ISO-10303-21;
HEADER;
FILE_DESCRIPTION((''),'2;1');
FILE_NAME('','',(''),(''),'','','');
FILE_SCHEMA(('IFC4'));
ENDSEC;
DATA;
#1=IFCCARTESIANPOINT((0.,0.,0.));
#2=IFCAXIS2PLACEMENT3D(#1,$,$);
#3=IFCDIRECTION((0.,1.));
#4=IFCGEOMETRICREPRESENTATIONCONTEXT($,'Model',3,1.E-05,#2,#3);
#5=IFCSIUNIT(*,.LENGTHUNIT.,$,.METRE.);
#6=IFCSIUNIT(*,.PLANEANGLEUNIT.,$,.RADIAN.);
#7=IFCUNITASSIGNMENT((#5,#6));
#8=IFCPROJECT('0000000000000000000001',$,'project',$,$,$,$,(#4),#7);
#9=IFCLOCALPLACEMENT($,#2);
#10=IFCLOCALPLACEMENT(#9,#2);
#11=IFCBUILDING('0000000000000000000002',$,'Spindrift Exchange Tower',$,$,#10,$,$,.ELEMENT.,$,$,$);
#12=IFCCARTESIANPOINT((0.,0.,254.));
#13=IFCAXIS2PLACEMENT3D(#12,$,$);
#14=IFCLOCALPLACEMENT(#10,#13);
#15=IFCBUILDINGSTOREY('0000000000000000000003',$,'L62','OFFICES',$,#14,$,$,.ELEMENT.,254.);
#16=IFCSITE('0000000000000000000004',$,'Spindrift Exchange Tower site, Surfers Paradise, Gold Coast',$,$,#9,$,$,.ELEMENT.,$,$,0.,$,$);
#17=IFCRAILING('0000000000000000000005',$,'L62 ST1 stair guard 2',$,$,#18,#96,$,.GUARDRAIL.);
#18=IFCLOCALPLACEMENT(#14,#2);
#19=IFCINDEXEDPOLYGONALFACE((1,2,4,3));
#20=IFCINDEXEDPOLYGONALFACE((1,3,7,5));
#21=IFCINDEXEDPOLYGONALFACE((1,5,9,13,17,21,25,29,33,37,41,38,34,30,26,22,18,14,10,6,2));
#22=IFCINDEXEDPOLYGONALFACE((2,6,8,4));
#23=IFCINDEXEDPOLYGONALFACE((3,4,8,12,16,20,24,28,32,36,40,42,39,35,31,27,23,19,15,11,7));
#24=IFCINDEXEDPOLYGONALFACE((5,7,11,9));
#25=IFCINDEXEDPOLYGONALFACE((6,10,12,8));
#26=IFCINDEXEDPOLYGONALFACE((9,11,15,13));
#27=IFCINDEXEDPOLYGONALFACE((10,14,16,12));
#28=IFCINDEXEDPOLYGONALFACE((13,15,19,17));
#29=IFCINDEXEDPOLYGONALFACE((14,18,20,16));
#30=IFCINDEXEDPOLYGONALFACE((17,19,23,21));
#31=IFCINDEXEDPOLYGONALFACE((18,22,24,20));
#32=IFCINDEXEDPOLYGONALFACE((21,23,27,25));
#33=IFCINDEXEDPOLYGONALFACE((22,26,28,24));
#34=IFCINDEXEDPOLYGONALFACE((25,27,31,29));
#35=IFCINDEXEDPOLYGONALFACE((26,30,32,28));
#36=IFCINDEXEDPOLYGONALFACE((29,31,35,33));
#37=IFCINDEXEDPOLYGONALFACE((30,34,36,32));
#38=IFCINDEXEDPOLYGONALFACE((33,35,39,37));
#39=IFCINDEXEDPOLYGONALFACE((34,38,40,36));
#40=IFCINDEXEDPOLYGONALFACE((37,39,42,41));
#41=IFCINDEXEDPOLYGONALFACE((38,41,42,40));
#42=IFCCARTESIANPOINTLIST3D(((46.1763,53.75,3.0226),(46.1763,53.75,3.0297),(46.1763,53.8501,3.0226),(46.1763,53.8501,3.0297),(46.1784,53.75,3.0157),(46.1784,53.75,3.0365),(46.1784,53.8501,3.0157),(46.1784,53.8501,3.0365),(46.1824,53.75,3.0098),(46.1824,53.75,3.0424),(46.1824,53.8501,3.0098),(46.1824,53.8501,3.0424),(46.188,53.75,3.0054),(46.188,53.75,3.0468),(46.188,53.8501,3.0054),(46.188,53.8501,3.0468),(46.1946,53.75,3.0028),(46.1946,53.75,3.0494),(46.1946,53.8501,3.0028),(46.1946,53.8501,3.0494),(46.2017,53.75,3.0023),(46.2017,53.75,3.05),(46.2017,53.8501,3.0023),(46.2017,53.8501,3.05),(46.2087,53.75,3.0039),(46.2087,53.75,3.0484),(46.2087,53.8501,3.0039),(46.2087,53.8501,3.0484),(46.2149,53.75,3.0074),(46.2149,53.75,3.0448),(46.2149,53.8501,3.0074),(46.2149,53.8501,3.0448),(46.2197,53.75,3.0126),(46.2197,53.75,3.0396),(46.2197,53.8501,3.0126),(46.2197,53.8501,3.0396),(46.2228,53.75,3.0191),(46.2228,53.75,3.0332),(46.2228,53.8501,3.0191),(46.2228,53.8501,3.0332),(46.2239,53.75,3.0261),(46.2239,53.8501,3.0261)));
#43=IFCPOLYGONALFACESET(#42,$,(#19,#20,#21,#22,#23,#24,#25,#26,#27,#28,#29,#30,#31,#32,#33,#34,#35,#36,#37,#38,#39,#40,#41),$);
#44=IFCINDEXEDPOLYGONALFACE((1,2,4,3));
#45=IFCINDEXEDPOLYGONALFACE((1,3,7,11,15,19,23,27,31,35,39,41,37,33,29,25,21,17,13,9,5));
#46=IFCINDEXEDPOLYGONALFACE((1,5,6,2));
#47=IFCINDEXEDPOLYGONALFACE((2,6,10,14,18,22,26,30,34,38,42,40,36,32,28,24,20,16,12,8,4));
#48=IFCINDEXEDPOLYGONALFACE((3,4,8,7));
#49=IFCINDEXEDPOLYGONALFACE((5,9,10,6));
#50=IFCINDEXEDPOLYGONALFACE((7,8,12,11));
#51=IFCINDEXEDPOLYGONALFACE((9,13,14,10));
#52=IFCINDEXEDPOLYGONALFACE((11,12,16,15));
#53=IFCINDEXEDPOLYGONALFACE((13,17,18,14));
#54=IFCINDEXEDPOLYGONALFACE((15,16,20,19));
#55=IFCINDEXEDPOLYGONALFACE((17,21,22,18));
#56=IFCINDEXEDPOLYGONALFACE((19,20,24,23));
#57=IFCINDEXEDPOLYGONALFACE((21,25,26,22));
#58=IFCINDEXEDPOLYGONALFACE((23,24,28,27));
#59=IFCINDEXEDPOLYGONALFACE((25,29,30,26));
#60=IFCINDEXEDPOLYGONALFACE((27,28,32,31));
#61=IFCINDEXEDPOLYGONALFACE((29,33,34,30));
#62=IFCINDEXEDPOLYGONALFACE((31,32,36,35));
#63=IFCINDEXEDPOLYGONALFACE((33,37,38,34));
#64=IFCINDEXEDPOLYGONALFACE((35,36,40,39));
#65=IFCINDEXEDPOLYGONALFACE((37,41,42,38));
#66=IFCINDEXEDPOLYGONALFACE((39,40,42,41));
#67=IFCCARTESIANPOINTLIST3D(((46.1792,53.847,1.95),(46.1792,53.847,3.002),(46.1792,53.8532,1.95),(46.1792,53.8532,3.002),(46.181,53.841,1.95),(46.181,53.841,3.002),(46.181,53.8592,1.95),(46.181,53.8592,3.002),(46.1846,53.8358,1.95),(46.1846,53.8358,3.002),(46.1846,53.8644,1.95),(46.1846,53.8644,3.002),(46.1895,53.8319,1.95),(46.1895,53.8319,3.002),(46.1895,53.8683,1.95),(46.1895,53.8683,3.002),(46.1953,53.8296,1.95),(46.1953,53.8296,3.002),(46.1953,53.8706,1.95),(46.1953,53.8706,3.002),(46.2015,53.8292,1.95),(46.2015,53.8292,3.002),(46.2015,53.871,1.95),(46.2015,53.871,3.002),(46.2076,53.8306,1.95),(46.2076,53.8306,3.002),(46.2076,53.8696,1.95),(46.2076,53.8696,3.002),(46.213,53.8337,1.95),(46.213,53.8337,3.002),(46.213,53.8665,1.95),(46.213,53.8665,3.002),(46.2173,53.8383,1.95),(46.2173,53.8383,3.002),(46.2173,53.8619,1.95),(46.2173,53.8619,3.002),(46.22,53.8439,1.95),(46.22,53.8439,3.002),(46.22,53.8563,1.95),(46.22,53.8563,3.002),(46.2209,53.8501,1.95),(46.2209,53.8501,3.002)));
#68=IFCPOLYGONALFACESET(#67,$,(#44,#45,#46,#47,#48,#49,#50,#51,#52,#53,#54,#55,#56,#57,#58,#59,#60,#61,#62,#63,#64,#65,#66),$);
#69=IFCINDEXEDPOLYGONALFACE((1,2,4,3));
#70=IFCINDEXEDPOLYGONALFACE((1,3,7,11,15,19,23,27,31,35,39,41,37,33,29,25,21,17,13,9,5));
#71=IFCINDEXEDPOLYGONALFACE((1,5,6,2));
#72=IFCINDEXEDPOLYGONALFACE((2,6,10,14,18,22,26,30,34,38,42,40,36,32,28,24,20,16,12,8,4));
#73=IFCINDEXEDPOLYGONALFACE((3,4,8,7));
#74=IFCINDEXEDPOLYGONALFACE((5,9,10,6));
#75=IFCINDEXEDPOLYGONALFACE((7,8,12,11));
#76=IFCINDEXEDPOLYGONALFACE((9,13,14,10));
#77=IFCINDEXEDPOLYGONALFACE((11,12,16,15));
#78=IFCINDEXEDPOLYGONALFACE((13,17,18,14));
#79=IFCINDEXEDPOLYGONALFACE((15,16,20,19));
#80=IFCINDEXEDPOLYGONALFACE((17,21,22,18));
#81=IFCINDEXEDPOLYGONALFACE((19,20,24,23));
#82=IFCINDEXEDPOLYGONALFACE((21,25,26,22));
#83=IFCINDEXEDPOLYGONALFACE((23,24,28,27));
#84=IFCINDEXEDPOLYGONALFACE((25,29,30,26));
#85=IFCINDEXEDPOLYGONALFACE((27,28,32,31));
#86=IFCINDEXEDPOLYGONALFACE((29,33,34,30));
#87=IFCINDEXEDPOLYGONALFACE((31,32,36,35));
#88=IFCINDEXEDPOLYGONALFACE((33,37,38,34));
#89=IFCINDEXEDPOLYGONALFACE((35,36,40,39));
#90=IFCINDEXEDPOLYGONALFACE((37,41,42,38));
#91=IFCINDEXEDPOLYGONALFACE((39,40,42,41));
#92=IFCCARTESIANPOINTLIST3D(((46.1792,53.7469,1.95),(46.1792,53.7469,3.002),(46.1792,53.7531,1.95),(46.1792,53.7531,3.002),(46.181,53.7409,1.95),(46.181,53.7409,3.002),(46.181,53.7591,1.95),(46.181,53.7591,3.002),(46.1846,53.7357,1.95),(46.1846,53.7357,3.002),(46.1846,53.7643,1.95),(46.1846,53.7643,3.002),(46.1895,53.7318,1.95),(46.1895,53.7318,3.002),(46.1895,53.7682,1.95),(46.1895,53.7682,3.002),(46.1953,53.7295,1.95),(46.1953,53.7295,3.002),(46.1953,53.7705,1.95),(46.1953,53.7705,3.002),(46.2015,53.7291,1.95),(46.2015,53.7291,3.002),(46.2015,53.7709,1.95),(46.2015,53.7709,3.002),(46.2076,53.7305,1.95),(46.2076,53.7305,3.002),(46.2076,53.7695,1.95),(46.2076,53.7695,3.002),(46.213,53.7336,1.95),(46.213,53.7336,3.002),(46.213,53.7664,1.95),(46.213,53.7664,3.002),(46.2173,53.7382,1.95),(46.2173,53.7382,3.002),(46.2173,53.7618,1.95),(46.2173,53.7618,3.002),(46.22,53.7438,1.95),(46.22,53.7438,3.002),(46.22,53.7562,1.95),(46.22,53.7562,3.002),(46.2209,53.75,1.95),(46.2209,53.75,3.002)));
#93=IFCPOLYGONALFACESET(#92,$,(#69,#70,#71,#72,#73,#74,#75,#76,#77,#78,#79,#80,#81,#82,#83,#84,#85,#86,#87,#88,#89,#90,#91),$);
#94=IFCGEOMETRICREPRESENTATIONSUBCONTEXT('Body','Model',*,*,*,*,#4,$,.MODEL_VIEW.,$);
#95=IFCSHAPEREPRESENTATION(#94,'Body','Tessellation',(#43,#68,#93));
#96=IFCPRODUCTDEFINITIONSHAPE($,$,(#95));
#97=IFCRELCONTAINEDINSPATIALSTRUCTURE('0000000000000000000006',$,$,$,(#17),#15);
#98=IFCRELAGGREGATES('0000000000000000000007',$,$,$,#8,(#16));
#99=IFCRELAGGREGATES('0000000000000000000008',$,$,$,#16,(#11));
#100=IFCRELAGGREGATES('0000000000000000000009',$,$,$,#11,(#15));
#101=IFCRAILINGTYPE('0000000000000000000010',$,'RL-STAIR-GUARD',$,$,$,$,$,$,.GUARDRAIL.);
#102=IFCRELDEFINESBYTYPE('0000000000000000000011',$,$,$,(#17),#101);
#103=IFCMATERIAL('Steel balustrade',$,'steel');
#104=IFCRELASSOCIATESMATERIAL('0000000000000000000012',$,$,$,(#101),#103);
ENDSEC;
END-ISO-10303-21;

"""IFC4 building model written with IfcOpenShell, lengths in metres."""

from ifc_helpers import new_model, si_unit, direction, frame, origin, origin_2d, place, context, subcontext, project, spatial, circle, extrude, material, type_object, element, save


model = new_model("IFC4")

# Units and contexts
model_context = context("Model", 3, precision=1e-05, world=origin(), true_north=direction((0.0, 1.0)))
body_context = subcontext(model_context, "Body", "Model", "MODEL_VIEW")
ifc_project = project(units=[si_unit("LENGTHUNIT", "METRE"), si_unit("PLANEANGLEUNIT", "RADIAN")], contexts=[model_context])

# Site, building, storey
site_placement = place(None, origin())
site = spatial("IfcSite", under=ifc_project, at=site_placement, Name="Spindrift Exchange Tower site, Surfers Paradise, Gold Coast", CompositionType="ELEMENT", RefElevation=0.0)
building_placement = place(site_placement, origin())
building = spatial("IfcBuilding", under=site, at=building_placement, Name="Spindrift Exchange Tower", CompositionType="ELEMENT")
storey_placement = place(building_placement, frame((0.0, 0.0, 254.0)))
storey = spatial("IfcBuildingStorey", under=building, at=storey_placement, Name="L62", Description="OFFICES", CompositionType="ELEMENT", Elevation=254.0)

# Railing
ifc_material_1 = material(Name="Steel balustrade", Category="steel")
railing_type_1 = type_object("IfcRailingType", Name="RL-STAIR-GUARD", PredefinedType="GUARDRAIL", material=ifc_material_1)
railing_1_placement = place(storey_placement, frame((46.2, 53.8501, 1.95)))
element("IfcRailing", 1, at=railing_1_placement, inside=storey, type_object=railing_type_1, Name="L62 ST1 stair guard 2", PredefinedType="GUARDRAIL", context=body_context, shape_type="SweptSolid", body=[
    extrude(circle(Radius=0.0239, at=origin_2d()), frame((0.0, 0.0, 1.0762), z_axis=(0.0, -1.0, 0.0), x_axis=(1.0, 0.0, 0.0)), (0.0, 0.0, 1.0), 0.1001),
    extrude(circle(Radius=0.021, at=origin_2d()), origin(), (0.0, 0.0, 1.0), 1.052),
    extrude(circle(Radius=0.021, at=origin_2d()), frame((0.0, -0.1001, 0.0)), (0.0, 0.0, 1.0), 1.052),
])

save(model, "model.ifc")
